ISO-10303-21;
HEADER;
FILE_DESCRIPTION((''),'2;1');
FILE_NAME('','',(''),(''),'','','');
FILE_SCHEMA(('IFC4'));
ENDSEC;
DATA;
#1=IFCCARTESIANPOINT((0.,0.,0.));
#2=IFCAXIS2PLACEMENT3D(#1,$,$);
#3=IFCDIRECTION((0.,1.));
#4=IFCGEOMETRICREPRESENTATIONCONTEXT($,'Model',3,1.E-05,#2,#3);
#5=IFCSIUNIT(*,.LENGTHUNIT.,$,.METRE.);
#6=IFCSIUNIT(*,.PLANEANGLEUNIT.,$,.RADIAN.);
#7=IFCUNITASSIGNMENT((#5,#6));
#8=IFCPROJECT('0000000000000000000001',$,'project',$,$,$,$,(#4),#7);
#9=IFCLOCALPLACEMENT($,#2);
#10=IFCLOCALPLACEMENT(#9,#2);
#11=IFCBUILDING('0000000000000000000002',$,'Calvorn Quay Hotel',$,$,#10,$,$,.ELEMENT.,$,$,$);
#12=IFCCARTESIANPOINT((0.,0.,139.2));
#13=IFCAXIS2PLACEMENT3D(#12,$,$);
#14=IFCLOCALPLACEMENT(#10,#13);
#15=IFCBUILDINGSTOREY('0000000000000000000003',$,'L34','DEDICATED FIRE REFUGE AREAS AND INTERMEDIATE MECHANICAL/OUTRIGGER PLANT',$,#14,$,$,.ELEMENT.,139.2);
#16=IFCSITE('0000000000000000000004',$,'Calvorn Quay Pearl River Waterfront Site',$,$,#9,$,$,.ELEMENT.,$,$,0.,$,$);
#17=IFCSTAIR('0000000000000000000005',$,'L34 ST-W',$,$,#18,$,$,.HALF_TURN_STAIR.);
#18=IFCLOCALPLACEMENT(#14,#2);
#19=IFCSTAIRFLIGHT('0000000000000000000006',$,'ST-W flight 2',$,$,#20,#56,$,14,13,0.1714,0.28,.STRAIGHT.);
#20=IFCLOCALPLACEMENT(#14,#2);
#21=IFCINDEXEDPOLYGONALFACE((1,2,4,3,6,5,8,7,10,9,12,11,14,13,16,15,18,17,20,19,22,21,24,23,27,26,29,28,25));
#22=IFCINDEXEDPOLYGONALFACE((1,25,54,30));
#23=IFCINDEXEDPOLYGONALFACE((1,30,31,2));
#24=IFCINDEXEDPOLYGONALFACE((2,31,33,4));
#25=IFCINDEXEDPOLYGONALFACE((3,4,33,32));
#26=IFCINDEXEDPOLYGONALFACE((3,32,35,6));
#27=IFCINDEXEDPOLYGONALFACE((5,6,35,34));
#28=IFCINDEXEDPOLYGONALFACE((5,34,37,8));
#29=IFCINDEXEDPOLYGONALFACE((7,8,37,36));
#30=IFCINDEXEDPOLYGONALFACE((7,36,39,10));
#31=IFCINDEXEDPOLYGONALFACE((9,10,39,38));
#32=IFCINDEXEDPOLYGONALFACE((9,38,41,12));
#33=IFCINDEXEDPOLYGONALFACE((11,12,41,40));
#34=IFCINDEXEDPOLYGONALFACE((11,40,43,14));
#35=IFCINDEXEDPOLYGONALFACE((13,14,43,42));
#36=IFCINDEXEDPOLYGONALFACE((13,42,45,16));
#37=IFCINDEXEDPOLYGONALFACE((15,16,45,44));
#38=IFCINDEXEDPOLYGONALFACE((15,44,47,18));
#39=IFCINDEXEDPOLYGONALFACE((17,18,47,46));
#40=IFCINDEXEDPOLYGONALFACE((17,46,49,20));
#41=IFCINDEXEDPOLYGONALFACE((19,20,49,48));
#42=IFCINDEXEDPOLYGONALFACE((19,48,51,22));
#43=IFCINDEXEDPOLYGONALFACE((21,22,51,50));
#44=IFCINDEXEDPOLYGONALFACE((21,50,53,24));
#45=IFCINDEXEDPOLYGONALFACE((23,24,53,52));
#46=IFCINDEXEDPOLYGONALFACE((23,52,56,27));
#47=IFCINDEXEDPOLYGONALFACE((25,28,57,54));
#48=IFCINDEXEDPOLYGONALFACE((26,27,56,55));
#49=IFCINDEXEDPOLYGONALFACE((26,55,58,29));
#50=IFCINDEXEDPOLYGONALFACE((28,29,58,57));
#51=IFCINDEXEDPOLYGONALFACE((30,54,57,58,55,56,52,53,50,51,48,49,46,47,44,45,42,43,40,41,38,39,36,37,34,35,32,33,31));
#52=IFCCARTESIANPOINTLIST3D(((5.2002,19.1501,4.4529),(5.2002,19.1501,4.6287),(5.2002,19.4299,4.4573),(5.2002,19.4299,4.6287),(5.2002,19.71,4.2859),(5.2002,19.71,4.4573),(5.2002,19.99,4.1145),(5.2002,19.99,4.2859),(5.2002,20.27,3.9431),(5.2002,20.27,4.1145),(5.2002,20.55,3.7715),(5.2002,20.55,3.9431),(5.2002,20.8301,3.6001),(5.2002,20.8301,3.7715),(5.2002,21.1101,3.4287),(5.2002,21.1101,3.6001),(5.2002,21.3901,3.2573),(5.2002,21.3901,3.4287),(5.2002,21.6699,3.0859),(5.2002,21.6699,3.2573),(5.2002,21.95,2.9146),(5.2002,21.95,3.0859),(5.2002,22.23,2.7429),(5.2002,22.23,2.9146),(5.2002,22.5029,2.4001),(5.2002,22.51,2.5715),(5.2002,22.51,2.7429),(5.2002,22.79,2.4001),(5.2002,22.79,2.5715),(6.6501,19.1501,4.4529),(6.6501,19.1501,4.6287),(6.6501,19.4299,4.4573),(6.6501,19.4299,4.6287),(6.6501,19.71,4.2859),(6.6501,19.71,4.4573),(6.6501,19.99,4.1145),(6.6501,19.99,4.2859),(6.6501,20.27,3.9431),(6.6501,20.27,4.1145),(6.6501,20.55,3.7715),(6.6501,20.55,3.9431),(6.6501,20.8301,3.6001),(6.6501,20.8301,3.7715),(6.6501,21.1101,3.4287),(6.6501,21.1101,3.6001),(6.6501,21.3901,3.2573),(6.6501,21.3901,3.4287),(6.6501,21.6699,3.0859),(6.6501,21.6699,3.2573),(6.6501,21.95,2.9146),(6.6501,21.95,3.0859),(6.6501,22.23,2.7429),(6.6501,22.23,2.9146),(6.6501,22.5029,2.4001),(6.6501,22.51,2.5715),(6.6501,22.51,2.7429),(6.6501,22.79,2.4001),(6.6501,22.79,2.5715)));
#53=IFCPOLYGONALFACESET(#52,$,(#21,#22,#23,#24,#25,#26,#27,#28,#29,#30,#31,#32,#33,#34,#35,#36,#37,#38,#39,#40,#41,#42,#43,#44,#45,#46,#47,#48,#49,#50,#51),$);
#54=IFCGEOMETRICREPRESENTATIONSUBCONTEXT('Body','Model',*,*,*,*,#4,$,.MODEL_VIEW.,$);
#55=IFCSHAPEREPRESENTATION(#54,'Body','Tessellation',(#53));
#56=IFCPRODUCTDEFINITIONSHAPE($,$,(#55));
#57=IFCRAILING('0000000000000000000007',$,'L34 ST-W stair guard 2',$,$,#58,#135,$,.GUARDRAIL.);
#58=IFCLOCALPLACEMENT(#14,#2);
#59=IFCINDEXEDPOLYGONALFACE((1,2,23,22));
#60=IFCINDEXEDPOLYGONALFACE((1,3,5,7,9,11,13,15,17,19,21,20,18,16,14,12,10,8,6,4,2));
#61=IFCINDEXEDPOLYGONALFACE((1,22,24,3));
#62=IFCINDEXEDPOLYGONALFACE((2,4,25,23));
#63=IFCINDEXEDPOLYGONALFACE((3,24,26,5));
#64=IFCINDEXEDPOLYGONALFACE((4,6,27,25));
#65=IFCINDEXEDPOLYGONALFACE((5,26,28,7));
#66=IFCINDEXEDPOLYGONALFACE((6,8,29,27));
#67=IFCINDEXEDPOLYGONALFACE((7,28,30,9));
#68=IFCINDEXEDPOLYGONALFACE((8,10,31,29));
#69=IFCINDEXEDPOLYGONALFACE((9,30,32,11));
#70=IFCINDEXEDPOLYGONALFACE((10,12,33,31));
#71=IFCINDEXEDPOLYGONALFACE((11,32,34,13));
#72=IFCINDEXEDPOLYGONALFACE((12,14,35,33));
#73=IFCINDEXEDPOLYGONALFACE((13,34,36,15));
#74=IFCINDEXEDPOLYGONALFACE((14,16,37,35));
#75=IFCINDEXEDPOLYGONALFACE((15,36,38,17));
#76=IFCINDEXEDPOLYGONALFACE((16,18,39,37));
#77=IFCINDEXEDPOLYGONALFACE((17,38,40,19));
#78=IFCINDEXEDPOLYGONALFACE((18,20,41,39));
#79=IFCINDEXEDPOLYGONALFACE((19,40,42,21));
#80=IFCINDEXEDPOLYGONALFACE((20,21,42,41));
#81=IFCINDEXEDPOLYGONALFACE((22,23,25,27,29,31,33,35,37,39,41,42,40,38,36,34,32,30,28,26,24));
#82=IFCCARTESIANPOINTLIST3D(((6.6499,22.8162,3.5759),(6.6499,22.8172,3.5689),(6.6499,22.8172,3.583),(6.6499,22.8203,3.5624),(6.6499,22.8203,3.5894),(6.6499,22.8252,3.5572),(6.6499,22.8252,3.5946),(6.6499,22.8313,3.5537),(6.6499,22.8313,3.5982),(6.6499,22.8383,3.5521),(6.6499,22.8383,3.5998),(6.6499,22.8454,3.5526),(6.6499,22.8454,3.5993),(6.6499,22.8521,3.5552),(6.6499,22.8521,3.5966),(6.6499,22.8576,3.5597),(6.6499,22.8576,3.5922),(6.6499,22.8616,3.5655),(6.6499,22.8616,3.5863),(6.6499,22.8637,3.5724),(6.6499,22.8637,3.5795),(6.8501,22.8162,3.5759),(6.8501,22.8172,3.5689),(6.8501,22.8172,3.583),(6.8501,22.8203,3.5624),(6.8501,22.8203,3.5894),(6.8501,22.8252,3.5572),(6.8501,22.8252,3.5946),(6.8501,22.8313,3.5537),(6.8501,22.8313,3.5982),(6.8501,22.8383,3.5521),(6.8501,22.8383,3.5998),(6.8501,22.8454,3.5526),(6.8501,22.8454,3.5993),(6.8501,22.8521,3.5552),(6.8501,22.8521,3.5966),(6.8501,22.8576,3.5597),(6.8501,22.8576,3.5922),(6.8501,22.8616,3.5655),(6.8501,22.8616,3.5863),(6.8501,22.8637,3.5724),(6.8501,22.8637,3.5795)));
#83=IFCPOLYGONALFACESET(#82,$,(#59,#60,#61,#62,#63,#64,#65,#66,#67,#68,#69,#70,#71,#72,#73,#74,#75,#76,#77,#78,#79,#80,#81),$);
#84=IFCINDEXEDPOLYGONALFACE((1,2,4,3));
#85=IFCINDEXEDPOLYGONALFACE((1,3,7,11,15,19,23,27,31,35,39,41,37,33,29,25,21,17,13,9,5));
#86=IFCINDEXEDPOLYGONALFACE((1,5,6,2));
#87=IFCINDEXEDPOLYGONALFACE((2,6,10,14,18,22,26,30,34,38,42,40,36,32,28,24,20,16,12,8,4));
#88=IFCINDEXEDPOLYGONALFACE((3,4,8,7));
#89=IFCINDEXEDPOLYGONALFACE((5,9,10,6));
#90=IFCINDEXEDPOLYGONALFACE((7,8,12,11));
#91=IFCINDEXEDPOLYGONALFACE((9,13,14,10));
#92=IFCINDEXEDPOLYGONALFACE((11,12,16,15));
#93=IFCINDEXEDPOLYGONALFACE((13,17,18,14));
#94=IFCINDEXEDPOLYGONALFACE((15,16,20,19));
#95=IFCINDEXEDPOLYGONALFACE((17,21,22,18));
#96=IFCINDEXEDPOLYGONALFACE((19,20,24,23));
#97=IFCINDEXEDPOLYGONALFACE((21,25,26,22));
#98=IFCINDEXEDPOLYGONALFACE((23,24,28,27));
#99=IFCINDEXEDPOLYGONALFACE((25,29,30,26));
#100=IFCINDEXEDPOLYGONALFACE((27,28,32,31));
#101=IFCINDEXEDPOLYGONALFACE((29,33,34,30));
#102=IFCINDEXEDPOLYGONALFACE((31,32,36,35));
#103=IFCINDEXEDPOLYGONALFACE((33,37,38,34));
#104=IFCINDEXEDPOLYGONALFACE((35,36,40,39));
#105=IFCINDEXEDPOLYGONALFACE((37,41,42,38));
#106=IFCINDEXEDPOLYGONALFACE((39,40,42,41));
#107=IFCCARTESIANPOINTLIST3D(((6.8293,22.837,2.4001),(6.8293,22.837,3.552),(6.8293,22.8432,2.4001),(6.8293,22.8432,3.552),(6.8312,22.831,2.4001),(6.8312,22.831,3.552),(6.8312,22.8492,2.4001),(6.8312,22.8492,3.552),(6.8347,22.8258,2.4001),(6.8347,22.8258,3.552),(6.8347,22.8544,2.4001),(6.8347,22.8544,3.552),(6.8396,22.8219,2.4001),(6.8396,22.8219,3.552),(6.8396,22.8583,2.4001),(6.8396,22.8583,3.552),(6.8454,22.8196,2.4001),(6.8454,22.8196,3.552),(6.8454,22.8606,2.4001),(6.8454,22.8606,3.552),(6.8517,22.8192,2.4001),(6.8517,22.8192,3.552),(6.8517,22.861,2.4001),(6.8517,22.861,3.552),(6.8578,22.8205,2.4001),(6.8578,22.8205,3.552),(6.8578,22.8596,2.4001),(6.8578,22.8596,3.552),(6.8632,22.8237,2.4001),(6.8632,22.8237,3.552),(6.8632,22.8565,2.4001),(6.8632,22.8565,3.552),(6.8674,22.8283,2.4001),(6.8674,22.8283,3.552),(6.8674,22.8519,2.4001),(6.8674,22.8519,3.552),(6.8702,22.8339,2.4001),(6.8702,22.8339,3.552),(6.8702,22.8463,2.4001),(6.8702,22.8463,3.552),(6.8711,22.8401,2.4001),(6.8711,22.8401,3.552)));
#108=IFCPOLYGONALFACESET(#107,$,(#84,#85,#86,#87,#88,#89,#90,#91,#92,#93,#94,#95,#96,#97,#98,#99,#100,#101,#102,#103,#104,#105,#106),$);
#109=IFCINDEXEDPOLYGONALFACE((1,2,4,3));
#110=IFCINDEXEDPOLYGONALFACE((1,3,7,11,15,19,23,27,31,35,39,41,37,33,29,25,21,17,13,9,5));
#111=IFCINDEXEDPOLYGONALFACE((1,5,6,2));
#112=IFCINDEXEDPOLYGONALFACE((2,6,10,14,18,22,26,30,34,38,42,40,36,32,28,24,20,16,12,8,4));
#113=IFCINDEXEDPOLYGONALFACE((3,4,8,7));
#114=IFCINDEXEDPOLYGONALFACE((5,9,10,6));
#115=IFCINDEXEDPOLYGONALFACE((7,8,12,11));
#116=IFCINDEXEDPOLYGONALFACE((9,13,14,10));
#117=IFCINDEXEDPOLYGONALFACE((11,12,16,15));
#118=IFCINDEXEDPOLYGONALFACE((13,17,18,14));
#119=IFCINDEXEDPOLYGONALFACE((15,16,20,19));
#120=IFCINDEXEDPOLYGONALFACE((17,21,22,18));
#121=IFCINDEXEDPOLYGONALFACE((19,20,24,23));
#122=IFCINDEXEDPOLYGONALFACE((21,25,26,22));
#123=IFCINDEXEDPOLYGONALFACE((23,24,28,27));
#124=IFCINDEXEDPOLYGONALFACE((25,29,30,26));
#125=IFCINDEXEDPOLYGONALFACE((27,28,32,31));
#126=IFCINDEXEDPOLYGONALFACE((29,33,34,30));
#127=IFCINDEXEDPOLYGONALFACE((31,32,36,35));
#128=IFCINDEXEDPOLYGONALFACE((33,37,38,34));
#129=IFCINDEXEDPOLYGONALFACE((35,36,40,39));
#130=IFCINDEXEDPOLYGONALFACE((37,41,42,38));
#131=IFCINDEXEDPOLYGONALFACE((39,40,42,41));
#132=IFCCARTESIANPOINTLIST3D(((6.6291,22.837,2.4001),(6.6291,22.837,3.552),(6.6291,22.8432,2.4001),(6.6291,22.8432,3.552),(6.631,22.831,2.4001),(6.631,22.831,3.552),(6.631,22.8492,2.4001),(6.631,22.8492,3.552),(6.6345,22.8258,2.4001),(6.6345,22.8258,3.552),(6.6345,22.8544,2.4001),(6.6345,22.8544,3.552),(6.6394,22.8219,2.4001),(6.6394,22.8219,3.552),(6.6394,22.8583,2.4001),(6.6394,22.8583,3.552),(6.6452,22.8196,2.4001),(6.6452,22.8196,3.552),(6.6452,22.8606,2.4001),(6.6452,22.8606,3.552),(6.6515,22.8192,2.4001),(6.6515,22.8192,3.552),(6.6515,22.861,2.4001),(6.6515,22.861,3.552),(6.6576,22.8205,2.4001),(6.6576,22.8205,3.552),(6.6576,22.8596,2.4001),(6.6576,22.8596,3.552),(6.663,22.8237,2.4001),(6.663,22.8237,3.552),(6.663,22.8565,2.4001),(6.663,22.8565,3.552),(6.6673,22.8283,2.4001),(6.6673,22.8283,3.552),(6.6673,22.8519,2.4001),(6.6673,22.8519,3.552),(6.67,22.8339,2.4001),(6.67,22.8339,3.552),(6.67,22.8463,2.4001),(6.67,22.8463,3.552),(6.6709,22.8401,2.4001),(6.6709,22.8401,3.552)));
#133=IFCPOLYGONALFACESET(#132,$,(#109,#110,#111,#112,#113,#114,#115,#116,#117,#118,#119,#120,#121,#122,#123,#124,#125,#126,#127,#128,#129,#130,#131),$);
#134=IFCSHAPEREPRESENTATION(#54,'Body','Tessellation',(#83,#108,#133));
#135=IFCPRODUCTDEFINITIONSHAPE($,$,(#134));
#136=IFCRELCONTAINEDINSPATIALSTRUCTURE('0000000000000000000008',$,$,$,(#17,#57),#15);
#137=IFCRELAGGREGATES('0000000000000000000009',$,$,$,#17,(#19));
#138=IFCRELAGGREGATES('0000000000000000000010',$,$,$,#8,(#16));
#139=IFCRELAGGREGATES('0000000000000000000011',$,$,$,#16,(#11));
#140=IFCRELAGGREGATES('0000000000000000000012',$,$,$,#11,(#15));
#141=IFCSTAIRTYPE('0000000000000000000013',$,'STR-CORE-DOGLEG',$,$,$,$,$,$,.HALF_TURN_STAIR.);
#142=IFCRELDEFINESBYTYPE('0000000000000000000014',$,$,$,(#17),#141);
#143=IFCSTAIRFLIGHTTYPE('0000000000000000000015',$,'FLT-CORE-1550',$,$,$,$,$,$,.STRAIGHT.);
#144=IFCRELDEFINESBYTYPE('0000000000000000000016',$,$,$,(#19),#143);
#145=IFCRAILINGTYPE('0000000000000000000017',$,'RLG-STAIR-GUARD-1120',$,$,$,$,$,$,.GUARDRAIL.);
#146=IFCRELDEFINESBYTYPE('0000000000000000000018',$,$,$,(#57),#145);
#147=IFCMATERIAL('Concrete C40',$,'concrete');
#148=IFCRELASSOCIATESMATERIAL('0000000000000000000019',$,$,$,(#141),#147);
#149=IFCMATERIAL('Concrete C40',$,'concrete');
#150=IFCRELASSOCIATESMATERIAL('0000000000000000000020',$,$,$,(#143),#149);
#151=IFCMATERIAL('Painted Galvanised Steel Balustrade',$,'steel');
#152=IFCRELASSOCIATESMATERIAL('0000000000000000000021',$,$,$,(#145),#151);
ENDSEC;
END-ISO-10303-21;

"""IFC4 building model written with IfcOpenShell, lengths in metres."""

from ifc_helpers import new_model, si_unit, direction, frame, origin, origin_2d, place, context, subcontext, project, spatial, polyline, circle, outline, extrude, material, type_object, element, aggregate, save


model = new_model("IFC4")

# Units and contexts
model_context = context("Model", 3, precision=1e-05, world=origin(), true_north=direction((0.0, 1.0)))
body_context = subcontext(model_context, "Body", "Model", "MODEL_VIEW")
ifc_project = project(units=[si_unit("LENGTHUNIT", "METRE"), si_unit("PLANEANGLEUNIT", "RADIAN")], contexts=[model_context])

# Site, building, storey
site_placement = place(None, origin())
site = spatial("IfcSite", under=ifc_project, at=site_placement, Name="Calvorn Quay Pearl River Waterfront Site", CompositionType="ELEMENT", RefElevation=0.0)
building_placement = place(site_placement, origin())
building = spatial("IfcBuilding", under=site, at=building_placement, Name="Calvorn Quay Hotel", CompositionType="ELEMENT")
storey_placement = place(building_placement, frame((0.0, 0.0, 139.2)))
storey = spatial("IfcBuildingStorey", under=building, at=storey_placement, Name="L34", Description="DEDICATED FIRE REFUGE AREAS AND INTERMEDIATE MECHANICAL/OUTRIGGER PLANT", CompositionType="ELEMENT", Elevation=139.2)

# Stair, stair flight
ifc_material_1 = material(Name="Concrete C40", Category="concrete")
stair_type = type_object("IfcStairType", Name="STR-CORE-DOGLEG", PredefinedType="HALF_TURN_STAIR", material=ifc_material_1)
stair_placement = place(storey_placement, origin())
stair = element("IfcStair", 1, at=stair_placement, inside=storey, type_object=stair_type, Name="L34 ST-W", PredefinedType="HALF_TURN_STAIR")
ifc_material_2 = material(Name="Concrete C40", Category="concrete")
stair_flight_type = type_object("IfcStairFlightType", Name="FLT-CORE-1550", PredefinedType="STRAIGHT", material=ifc_material_2)
stair_flight_placement = place(storey_placement, frame((5.925, 22.79, 2.4001), z_axis=(0.0, 0.0, 1.0), x_axis=(0.0, -1.0, 0.0)))
stair_flight = element("IfcStairFlight", 2, at=stair_flight_placement, type_object=stair_flight_type, Name="ST-W flight 2", NumberOfRisers=14, NumberOfTreads=13, PredefinedType="STRAIGHT", RiserHeight=0.1714, TreadLength=0.28, context=body_context, shape_type="SweptSolid", body=[
    extrude(outline(polyline([(0.0, 0.0), (0.0, 0.1714), (0.28, 0.1714), (0.28, 0.3428), (0.5601, 0.3428), (0.5601, 0.5144), (0.8401, 0.5144), (0.8401, 0.6858), (1.1201, 0.6858), (1.1201, 0.8572), (1.3999, 0.8572), (1.3999, 1.0286), (1.6799, 1.0286), (1.6799, 1.2), (1.96, 1.2), (1.96, 1.3713), (2.24, 1.3713), (2.24, 1.543), (2.52, 1.543), (2.52, 1.7144), (2.8, 1.7144), (2.8, 1.8857), (3.0801, 1.8857), (3.0801, 2.0571), (3.3601, 2.0571), (3.3601, 2.2285), (3.6399, 2.2285), (3.6399, 2.3999), (3.6399, 2.0527), (0.2871, 0.0), (0.0, 0.0)])), frame((0.0, 0.7251, 0.0), z_axis=(0.0, -1.0, 0.0), x_axis=(1.0, 0.0, 0.0)), (0.0, 0.0, 1.0), 1.45),
])
aggregate(stair, [stair_flight])

# Railing
ifc_material_3 = material(Name="Painted Galvanised Steel Balustrade", Category="steel")
railing_type = type_object("IfcRailingType", Name="RLG-STAIR-GUARD-1120", PredefinedType="GUARDRAIL", material=ifc_material_3)
railing_1_placement = place(storey_placement, frame((6.8501, 22.8401, 2.4001)))
element("IfcRailing", 3, at=railing_1_placement, inside=storey, type_object=railing_type, Name="L34 ST-W stair guard 2", PredefinedType="GUARDRAIL", context=body_context, shape_type="SweptSolid", body=[
    extrude(circle(Radius=0.0239, at=origin_2d()), frame((0.0, 0.0, 1.1758), z_axis=(-1.0, 0.0, 0.0), x_axis=(0.0, -1.0, 0.0)), (0.0, 0.0, 1.0), 0.2002),
    extrude(circle(Radius=0.021, at=origin_2d()), origin(), (0.0, 0.0, 1.0), 1.1519),
    extrude(circle(Radius=0.021, at=origin_2d()), frame((-0.2002, 0.0, 0.0)), (0.0, 0.0, 1.0), 1.1519),
])

save(model, "model.ifc")
